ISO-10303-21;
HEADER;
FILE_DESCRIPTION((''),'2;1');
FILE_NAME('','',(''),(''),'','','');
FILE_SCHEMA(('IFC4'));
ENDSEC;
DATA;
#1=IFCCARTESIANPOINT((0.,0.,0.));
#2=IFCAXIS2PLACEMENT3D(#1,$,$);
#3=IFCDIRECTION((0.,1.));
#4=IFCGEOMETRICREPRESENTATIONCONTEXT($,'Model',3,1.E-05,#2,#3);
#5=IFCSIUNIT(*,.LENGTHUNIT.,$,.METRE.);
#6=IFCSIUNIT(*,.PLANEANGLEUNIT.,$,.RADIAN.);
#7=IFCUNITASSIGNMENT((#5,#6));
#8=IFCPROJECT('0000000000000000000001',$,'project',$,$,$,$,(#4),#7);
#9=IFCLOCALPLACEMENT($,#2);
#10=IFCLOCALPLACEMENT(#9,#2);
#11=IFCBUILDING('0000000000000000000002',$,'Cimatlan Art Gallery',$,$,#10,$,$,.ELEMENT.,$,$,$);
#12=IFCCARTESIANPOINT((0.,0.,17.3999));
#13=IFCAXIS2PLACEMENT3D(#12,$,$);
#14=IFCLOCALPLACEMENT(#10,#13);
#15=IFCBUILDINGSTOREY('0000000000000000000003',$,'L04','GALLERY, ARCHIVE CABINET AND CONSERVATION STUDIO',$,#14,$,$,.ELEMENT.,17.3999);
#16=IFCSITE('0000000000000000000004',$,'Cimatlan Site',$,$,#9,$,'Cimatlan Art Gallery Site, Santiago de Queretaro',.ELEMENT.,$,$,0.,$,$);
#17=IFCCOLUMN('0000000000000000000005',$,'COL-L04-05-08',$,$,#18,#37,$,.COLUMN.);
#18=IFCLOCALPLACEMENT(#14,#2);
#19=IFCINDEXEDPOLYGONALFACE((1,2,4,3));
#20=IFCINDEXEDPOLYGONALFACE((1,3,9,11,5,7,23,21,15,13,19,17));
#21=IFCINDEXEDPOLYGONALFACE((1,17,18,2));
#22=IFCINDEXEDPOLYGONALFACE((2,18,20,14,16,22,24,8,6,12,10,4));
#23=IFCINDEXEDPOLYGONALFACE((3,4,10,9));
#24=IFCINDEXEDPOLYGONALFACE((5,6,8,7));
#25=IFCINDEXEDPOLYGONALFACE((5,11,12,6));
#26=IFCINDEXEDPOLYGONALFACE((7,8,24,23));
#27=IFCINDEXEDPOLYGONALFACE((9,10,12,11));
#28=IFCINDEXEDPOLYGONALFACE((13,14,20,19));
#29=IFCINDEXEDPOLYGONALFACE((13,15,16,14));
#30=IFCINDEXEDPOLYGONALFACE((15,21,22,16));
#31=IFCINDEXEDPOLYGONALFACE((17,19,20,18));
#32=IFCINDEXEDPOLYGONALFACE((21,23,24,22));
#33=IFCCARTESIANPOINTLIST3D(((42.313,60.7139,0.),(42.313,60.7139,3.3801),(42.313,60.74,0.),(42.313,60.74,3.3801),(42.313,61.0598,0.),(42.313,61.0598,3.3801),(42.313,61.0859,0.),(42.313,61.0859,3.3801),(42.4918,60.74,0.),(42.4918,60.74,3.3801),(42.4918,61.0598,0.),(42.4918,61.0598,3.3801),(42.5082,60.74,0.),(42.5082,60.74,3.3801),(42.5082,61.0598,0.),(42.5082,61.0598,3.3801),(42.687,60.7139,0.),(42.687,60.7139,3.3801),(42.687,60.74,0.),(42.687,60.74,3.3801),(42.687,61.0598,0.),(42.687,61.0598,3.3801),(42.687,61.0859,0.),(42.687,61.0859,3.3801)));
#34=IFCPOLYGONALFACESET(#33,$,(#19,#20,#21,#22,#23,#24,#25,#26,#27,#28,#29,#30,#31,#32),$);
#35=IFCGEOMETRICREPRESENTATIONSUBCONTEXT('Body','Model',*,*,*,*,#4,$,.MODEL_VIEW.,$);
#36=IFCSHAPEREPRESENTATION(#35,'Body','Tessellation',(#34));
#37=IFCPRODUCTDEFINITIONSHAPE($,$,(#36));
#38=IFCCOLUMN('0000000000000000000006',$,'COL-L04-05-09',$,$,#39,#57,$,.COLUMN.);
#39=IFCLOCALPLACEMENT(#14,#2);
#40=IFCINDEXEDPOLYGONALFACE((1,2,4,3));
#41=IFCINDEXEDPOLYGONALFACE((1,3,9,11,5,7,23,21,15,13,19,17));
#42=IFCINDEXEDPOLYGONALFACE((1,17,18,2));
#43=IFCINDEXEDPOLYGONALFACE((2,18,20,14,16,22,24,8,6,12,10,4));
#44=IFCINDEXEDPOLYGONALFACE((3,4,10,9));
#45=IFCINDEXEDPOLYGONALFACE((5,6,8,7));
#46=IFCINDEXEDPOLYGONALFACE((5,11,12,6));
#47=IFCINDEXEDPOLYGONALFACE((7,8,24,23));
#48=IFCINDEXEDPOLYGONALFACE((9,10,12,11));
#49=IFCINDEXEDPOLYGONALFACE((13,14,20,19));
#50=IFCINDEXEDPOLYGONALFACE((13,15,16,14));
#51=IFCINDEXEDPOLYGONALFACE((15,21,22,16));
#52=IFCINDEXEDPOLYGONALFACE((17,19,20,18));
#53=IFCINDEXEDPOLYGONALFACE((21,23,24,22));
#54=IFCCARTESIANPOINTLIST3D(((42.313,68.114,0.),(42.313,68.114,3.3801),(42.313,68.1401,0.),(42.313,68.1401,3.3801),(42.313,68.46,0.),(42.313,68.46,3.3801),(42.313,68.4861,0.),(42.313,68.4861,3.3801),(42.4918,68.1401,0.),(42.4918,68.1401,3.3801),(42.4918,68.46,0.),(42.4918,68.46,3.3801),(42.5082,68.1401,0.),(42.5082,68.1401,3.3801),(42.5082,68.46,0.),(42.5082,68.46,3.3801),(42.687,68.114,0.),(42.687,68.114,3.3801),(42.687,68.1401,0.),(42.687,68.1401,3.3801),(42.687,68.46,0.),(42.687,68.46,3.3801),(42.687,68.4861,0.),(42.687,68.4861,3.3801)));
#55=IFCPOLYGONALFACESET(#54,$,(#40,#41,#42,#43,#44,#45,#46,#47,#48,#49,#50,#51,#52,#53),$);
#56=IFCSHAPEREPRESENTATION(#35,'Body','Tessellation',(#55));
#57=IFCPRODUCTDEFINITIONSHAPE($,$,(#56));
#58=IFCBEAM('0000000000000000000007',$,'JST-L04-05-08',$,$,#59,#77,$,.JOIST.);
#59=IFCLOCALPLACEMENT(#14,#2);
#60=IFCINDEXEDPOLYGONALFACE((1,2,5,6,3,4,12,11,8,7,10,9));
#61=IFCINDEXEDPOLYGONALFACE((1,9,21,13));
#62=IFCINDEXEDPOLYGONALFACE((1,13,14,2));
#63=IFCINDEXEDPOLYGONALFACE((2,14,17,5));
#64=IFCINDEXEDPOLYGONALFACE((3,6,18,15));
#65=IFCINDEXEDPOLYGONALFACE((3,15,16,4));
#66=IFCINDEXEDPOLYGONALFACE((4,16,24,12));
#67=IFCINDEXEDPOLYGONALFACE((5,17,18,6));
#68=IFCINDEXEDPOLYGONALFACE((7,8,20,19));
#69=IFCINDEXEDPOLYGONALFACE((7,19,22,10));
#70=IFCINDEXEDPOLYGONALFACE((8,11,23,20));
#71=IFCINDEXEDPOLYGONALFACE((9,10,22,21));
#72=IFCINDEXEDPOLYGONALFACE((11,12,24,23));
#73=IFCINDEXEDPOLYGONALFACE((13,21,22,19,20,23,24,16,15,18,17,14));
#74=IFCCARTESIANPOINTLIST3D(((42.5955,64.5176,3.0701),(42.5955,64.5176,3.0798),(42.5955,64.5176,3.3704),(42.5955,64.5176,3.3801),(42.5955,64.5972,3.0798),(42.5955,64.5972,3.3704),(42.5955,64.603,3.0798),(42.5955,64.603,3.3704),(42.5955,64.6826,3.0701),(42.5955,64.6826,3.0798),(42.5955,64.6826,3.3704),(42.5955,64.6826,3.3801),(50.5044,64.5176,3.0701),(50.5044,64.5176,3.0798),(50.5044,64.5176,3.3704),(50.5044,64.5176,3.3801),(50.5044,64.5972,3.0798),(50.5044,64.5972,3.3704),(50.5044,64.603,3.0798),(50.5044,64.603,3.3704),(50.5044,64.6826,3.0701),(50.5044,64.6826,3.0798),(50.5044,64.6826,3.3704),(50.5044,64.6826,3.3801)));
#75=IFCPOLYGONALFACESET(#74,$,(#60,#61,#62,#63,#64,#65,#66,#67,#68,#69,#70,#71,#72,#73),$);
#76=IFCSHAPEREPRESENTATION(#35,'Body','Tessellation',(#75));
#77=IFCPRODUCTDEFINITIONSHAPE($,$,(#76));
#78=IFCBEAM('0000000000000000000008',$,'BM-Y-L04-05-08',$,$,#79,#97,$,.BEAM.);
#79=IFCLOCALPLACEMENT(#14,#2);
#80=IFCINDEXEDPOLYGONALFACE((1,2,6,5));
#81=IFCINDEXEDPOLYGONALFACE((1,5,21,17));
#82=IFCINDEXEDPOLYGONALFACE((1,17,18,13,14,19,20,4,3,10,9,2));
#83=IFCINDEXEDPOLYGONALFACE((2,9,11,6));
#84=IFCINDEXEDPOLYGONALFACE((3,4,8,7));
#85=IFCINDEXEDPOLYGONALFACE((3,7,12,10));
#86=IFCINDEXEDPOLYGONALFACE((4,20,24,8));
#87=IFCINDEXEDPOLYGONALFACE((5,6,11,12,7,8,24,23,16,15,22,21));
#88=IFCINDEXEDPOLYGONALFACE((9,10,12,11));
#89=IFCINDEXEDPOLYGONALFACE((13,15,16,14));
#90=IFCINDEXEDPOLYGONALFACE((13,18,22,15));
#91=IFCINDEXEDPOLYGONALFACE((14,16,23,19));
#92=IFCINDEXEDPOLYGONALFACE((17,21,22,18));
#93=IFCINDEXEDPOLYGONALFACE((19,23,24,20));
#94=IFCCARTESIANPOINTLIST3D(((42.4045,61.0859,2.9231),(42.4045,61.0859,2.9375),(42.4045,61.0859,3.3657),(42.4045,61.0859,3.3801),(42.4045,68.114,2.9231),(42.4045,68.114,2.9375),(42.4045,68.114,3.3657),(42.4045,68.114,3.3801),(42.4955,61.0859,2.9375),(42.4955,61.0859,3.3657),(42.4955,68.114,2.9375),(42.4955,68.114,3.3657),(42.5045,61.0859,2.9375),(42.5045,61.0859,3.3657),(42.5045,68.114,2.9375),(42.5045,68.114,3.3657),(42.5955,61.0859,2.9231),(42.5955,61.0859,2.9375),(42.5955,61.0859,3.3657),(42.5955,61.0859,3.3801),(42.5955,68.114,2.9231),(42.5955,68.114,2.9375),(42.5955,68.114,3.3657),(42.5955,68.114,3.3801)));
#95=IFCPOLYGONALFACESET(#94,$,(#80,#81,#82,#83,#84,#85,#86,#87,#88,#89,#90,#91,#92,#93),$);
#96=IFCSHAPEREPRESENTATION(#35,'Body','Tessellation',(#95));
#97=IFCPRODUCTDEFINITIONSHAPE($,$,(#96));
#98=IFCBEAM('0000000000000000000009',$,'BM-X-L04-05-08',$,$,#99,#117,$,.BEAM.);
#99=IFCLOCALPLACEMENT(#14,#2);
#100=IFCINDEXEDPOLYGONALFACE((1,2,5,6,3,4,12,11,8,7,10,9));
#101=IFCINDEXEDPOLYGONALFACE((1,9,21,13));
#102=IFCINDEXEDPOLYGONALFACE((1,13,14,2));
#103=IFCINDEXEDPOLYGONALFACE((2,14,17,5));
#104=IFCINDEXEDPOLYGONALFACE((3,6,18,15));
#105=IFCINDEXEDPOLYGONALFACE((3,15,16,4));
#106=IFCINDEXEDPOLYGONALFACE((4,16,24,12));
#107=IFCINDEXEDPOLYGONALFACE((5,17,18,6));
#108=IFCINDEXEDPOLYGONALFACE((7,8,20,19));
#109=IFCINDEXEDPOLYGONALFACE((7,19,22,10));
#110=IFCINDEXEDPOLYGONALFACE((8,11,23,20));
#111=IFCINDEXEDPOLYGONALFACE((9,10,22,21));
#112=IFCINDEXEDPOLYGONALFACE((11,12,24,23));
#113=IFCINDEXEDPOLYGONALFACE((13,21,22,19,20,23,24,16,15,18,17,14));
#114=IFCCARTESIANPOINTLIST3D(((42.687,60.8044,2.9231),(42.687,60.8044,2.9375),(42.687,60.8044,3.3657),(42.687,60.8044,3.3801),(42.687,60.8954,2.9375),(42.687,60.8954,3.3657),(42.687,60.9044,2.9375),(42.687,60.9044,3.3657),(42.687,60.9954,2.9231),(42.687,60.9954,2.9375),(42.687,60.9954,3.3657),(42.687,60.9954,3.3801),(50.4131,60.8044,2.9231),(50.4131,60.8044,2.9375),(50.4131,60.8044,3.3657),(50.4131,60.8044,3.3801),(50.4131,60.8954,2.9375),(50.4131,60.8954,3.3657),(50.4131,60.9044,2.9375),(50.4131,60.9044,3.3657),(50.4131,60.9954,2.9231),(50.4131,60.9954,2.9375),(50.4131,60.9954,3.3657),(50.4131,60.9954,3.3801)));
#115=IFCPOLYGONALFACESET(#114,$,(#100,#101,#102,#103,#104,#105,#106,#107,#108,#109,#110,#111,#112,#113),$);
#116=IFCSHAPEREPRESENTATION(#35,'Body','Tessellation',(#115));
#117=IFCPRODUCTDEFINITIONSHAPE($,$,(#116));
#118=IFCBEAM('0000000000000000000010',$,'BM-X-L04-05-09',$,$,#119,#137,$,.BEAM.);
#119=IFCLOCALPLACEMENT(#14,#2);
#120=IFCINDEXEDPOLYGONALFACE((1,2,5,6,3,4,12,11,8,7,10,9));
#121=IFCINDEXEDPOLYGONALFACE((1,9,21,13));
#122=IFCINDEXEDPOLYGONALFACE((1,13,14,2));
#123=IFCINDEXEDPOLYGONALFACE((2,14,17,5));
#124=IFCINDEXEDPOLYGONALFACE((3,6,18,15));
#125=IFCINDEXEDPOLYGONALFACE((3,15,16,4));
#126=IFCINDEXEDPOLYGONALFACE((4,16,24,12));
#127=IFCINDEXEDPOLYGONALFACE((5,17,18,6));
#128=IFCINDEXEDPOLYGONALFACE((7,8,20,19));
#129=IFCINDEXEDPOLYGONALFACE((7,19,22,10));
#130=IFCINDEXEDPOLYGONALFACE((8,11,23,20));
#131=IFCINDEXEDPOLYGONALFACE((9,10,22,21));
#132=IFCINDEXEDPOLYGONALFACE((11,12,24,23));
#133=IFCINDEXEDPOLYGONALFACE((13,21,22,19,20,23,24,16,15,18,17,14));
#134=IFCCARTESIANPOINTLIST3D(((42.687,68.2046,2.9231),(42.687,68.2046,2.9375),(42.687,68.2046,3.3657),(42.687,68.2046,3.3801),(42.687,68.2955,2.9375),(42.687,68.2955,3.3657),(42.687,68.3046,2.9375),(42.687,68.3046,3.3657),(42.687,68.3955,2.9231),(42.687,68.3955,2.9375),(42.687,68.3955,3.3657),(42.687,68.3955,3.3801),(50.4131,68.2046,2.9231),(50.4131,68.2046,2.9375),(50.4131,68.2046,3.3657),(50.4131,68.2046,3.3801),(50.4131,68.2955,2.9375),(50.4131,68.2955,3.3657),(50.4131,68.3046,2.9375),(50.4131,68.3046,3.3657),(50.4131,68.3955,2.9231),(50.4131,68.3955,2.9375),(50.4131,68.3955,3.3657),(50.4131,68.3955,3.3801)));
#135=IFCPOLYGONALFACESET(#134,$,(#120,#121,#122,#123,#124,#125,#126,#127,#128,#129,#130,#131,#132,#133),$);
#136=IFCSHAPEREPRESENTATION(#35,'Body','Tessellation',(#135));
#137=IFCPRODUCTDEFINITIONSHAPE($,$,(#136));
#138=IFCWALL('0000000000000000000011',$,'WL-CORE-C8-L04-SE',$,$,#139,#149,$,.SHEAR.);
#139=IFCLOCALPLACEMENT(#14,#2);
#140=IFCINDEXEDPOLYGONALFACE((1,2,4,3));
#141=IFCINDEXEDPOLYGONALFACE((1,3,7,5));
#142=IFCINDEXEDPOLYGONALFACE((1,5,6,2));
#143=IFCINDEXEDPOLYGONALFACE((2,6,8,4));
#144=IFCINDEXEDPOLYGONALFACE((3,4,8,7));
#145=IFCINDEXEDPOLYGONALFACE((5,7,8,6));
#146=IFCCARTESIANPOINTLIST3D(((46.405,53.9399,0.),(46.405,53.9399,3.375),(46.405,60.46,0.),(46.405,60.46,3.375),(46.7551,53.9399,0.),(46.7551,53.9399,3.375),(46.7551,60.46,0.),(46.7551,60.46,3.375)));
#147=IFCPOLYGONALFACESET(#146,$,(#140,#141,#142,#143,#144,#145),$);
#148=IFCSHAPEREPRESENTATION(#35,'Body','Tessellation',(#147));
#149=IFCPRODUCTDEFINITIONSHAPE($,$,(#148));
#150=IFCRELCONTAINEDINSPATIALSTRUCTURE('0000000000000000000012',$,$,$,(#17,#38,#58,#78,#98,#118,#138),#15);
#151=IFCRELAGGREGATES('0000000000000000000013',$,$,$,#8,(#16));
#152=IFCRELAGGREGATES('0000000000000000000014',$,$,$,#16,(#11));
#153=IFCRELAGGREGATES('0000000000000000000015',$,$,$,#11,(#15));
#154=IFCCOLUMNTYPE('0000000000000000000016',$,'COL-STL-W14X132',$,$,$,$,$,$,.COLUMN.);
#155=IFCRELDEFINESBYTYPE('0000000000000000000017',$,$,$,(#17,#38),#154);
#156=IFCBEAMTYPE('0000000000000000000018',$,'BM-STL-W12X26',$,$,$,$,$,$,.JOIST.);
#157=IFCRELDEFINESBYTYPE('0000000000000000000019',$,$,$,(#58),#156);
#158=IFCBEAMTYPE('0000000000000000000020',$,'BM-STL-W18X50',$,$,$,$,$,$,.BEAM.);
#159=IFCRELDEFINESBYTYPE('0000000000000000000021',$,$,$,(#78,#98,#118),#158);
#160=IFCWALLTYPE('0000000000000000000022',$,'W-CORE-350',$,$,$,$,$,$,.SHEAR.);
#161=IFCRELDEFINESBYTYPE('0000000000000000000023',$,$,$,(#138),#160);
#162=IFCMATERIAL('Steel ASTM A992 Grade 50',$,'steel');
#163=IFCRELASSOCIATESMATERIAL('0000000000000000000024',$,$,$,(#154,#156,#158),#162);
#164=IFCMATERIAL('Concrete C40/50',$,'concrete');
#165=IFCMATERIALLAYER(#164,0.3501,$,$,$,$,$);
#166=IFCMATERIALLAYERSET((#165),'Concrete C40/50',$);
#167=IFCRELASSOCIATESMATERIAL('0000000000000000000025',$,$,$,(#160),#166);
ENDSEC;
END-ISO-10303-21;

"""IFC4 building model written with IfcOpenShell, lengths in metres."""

from ifc_helpers import new_model, si_unit, direction, frame, frame_2d, origin, origin_2d, place, context, subcontext, project, spatial, rectangle, i_section, extrude, material, layer, layer_set, material_profile, profile_set, type_object, element, save


model = new_model("IFC4")

# Units and contexts
model_context = context("Model", 3, precision=1e-05, world=origin(), true_north=direction((0.0, 1.0)))
body_context = subcontext(model_context, "Body", "Model", "MODEL_VIEW")
ifc_project = project(units=[si_unit("LENGTHUNIT", "METRE"), si_unit("PLANEANGLEUNIT", "RADIAN")], contexts=[model_context])

# Site, building, storey
site_placement = place(None, origin())
site = spatial("IfcSite", under=ifc_project, at=site_placement, Name="Cimatlan Site", LongName="Cimatlan Art Gallery Site, Santiago de Queretaro", CompositionType="ELEMENT", RefElevation=0.0)
building_placement = place(site_placement, origin())
building = spatial("IfcBuilding", under=site, at=building_placement, Name="Cimatlan Art Gallery", CompositionType="ELEMENT")
storey_placement = place(building_placement, frame((0.0, 0.0, 17.3999)))
storey = spatial("IfcBuildingStorey", under=building, at=storey_placement, Name="L04", Description="GALLERY, ARCHIVE CABINET AND CONSERVATION STUDIO", CompositionType="ELEMENT", Elevation=17.3999)

# Columns
ifc_material_1 = material(Name="Steel ASTM A992 Grade 50", Category="steel")
ifc_material_profile_1 = material_profile(ifc_material_1, i_section(OverallWidth=0.374, OverallDepth=0.3721, WebThickness=0.0164, FlangeThickness=0.0261, at=origin_2d()), Name="W14X132")
ifc_profile_set_1 = profile_set([ifc_material_profile_1], Name="Steel ASTM A992 Grade 50")
column_type = type_object("IfcColumnType", Name="COL-STL-W14X132", PredefinedType="COLUMN", material=ifc_profile_set_1)
for number, where, z_axis, x_axis, name in (
    (1, (42.5, 60.8999, 0.0), (0.0, 0.0, 1.0), (1.0, 0.0, 0.0), "COL-L04-05-08"),
    (2, (42.5, 68.3, 0.0), (0.0, 0.0, 1.0), (1.0, 0.0, 0.0), "COL-L04-05-09"),
):
    element("IfcColumn", number, at=place(storey_placement, frame(where, z_axis=z_axis, x_axis=x_axis)), inside=storey, type_object=column_type, Name=name, PredefinedType="COLUMN", context=body_context, shape_type="SweptSolid", body=[
        extrude(i_section(OverallWidth=0.374, OverallDepth=0.3721, WebThickness=0.0164, FlangeThickness=0.0261, at=origin_2d()), origin(), (0.0, 0.0, 1.0), 3.3801),
    ])

# Beams
ifc_material_profile_2 = material_profile(ifc_material_1, i_section(OverallWidth=0.165, OverallDepth=0.3101, WebThickness=0.0059, FlangeThickness=0.0098, at=origin_2d()), Name="W12X26")
ifc_profile_set_2 = profile_set([ifc_material_profile_2], Name="Steel ASTM A992 Grade 50")
beam_type_1 = type_object("IfcBeamType", Name="BM-STL-W12X26", PredefinedType="JOIST", material=ifc_profile_set_2)
beam_1_placement = place(storey_placement, frame((42.5955, 64.6001, 3.2251), z_axis=(1.0, 0.0, 0.0), x_axis=(0.0, 1.0, 0.0)))
element("IfcBeam", 3, at=beam_1_placement, inside=storey, type_object=beam_type_1, Name="JST-L04-05-08", PredefinedType="JOIST", context=body_context, shape_type="SweptSolid", body=[
    extrude(i_section(OverallWidth=0.165, OverallDepth=0.3101, WebThickness=0.0059, FlangeThickness=0.0098, at=origin_2d()), origin(), (0.0, 0.0, 1.0), 7.9089),
])
ifc_material_profile_3 = material_profile(ifc_material_1, i_section(OverallWidth=0.1909, OverallDepth=0.457, WebThickness=0.009, FlangeThickness=0.0144, at=origin_2d()), Name="W18X50")
ifc_profile_set_3 = profile_set([ifc_material_profile_3], Name="Steel ASTM A992 Grade 50")
beam_type_2 = type_object("IfcBeamType", Name="BM-STL-W18X50", PredefinedType="BEAM", material=ifc_profile_set_3)
beam_2_placement = place(storey_placement, frame((42.5, 61.0859, 3.1516), z_axis=(0.0, 1.0, 0.0), x_axis=(-1.0, 0.0, 0.0)))
element("IfcBeam", 4, at=beam_2_placement, inside=storey, type_object=beam_type_2, Name="BM-Y-L04-05-08", PredefinedType="BEAM", context=body_context, shape_type="SweptSolid", body=[
    extrude(i_section(OverallWidth=0.1909, OverallDepth=0.457, WebThickness=0.009, FlangeThickness=0.0144, at=origin_2d()), origin(), (0.0, 0.0, 1.0), 7.0281),
])
for number, where, z_axis, x_axis, name in (
    (5, (42.687, 60.8999, 3.1516), (1.0, 0.0, 0.0), (0.0, 1.0, 0.0), "BM-X-L04-05-08"),
    (6, (42.687, 68.3, 3.1516), (1.0, 0.0, 0.0), (0.0, 1.0, 0.0), "BM-X-L04-05-09"),
):
    element("IfcBeam", number, at=place(storey_placement, frame(where, z_axis=z_axis, x_axis=x_axis)), inside=storey, type_object=beam_type_2, Name=name, PredefinedType="BEAM", context=body_context, shape_type="SweptSolid", body=[
        extrude(i_section(OverallWidth=0.1909, OverallDepth=0.457, WebThickness=0.009, FlangeThickness=0.0144, at=origin_2d()), origin(), (0.0, 0.0, 1.0), 7.7261),
    ])

# Wall
ifc_material_2 = material(Name="Concrete C40/50", Category="concrete")
ifc_layer_1 = layer(ifc_material_2, 0.3501)
ifc_layer_set_1 = layer_set([ifc_layer_1], Name="Concrete C40/50")
wall_type_1 = type_object("IfcWallType", Name="W-CORE-350", PredefinedType="SHEAR", material=ifc_layer_set_1)
wall_1_placement = place(storey_placement, frame((46.5801, 53.9399, 0.0), z_axis=(0.0, 0.0, 1.0), x_axis=(0.0, 1.0, 0.0)))
element("IfcWall", 7, at=wall_1_placement, inside=storey, type_object=wall_type_1, Name="WL-CORE-C8-L04-SE", PredefinedType="SHEAR", context=body_context, shape_type="SweptSolid", body=[
    extrude(rectangle(XDim=6.52, YDim=0.3501, at=frame_2d((3.26, 0.0))), origin(), (0.0, 0.0, 1.0), 3.375),
])

save(model, "model.ifc")
